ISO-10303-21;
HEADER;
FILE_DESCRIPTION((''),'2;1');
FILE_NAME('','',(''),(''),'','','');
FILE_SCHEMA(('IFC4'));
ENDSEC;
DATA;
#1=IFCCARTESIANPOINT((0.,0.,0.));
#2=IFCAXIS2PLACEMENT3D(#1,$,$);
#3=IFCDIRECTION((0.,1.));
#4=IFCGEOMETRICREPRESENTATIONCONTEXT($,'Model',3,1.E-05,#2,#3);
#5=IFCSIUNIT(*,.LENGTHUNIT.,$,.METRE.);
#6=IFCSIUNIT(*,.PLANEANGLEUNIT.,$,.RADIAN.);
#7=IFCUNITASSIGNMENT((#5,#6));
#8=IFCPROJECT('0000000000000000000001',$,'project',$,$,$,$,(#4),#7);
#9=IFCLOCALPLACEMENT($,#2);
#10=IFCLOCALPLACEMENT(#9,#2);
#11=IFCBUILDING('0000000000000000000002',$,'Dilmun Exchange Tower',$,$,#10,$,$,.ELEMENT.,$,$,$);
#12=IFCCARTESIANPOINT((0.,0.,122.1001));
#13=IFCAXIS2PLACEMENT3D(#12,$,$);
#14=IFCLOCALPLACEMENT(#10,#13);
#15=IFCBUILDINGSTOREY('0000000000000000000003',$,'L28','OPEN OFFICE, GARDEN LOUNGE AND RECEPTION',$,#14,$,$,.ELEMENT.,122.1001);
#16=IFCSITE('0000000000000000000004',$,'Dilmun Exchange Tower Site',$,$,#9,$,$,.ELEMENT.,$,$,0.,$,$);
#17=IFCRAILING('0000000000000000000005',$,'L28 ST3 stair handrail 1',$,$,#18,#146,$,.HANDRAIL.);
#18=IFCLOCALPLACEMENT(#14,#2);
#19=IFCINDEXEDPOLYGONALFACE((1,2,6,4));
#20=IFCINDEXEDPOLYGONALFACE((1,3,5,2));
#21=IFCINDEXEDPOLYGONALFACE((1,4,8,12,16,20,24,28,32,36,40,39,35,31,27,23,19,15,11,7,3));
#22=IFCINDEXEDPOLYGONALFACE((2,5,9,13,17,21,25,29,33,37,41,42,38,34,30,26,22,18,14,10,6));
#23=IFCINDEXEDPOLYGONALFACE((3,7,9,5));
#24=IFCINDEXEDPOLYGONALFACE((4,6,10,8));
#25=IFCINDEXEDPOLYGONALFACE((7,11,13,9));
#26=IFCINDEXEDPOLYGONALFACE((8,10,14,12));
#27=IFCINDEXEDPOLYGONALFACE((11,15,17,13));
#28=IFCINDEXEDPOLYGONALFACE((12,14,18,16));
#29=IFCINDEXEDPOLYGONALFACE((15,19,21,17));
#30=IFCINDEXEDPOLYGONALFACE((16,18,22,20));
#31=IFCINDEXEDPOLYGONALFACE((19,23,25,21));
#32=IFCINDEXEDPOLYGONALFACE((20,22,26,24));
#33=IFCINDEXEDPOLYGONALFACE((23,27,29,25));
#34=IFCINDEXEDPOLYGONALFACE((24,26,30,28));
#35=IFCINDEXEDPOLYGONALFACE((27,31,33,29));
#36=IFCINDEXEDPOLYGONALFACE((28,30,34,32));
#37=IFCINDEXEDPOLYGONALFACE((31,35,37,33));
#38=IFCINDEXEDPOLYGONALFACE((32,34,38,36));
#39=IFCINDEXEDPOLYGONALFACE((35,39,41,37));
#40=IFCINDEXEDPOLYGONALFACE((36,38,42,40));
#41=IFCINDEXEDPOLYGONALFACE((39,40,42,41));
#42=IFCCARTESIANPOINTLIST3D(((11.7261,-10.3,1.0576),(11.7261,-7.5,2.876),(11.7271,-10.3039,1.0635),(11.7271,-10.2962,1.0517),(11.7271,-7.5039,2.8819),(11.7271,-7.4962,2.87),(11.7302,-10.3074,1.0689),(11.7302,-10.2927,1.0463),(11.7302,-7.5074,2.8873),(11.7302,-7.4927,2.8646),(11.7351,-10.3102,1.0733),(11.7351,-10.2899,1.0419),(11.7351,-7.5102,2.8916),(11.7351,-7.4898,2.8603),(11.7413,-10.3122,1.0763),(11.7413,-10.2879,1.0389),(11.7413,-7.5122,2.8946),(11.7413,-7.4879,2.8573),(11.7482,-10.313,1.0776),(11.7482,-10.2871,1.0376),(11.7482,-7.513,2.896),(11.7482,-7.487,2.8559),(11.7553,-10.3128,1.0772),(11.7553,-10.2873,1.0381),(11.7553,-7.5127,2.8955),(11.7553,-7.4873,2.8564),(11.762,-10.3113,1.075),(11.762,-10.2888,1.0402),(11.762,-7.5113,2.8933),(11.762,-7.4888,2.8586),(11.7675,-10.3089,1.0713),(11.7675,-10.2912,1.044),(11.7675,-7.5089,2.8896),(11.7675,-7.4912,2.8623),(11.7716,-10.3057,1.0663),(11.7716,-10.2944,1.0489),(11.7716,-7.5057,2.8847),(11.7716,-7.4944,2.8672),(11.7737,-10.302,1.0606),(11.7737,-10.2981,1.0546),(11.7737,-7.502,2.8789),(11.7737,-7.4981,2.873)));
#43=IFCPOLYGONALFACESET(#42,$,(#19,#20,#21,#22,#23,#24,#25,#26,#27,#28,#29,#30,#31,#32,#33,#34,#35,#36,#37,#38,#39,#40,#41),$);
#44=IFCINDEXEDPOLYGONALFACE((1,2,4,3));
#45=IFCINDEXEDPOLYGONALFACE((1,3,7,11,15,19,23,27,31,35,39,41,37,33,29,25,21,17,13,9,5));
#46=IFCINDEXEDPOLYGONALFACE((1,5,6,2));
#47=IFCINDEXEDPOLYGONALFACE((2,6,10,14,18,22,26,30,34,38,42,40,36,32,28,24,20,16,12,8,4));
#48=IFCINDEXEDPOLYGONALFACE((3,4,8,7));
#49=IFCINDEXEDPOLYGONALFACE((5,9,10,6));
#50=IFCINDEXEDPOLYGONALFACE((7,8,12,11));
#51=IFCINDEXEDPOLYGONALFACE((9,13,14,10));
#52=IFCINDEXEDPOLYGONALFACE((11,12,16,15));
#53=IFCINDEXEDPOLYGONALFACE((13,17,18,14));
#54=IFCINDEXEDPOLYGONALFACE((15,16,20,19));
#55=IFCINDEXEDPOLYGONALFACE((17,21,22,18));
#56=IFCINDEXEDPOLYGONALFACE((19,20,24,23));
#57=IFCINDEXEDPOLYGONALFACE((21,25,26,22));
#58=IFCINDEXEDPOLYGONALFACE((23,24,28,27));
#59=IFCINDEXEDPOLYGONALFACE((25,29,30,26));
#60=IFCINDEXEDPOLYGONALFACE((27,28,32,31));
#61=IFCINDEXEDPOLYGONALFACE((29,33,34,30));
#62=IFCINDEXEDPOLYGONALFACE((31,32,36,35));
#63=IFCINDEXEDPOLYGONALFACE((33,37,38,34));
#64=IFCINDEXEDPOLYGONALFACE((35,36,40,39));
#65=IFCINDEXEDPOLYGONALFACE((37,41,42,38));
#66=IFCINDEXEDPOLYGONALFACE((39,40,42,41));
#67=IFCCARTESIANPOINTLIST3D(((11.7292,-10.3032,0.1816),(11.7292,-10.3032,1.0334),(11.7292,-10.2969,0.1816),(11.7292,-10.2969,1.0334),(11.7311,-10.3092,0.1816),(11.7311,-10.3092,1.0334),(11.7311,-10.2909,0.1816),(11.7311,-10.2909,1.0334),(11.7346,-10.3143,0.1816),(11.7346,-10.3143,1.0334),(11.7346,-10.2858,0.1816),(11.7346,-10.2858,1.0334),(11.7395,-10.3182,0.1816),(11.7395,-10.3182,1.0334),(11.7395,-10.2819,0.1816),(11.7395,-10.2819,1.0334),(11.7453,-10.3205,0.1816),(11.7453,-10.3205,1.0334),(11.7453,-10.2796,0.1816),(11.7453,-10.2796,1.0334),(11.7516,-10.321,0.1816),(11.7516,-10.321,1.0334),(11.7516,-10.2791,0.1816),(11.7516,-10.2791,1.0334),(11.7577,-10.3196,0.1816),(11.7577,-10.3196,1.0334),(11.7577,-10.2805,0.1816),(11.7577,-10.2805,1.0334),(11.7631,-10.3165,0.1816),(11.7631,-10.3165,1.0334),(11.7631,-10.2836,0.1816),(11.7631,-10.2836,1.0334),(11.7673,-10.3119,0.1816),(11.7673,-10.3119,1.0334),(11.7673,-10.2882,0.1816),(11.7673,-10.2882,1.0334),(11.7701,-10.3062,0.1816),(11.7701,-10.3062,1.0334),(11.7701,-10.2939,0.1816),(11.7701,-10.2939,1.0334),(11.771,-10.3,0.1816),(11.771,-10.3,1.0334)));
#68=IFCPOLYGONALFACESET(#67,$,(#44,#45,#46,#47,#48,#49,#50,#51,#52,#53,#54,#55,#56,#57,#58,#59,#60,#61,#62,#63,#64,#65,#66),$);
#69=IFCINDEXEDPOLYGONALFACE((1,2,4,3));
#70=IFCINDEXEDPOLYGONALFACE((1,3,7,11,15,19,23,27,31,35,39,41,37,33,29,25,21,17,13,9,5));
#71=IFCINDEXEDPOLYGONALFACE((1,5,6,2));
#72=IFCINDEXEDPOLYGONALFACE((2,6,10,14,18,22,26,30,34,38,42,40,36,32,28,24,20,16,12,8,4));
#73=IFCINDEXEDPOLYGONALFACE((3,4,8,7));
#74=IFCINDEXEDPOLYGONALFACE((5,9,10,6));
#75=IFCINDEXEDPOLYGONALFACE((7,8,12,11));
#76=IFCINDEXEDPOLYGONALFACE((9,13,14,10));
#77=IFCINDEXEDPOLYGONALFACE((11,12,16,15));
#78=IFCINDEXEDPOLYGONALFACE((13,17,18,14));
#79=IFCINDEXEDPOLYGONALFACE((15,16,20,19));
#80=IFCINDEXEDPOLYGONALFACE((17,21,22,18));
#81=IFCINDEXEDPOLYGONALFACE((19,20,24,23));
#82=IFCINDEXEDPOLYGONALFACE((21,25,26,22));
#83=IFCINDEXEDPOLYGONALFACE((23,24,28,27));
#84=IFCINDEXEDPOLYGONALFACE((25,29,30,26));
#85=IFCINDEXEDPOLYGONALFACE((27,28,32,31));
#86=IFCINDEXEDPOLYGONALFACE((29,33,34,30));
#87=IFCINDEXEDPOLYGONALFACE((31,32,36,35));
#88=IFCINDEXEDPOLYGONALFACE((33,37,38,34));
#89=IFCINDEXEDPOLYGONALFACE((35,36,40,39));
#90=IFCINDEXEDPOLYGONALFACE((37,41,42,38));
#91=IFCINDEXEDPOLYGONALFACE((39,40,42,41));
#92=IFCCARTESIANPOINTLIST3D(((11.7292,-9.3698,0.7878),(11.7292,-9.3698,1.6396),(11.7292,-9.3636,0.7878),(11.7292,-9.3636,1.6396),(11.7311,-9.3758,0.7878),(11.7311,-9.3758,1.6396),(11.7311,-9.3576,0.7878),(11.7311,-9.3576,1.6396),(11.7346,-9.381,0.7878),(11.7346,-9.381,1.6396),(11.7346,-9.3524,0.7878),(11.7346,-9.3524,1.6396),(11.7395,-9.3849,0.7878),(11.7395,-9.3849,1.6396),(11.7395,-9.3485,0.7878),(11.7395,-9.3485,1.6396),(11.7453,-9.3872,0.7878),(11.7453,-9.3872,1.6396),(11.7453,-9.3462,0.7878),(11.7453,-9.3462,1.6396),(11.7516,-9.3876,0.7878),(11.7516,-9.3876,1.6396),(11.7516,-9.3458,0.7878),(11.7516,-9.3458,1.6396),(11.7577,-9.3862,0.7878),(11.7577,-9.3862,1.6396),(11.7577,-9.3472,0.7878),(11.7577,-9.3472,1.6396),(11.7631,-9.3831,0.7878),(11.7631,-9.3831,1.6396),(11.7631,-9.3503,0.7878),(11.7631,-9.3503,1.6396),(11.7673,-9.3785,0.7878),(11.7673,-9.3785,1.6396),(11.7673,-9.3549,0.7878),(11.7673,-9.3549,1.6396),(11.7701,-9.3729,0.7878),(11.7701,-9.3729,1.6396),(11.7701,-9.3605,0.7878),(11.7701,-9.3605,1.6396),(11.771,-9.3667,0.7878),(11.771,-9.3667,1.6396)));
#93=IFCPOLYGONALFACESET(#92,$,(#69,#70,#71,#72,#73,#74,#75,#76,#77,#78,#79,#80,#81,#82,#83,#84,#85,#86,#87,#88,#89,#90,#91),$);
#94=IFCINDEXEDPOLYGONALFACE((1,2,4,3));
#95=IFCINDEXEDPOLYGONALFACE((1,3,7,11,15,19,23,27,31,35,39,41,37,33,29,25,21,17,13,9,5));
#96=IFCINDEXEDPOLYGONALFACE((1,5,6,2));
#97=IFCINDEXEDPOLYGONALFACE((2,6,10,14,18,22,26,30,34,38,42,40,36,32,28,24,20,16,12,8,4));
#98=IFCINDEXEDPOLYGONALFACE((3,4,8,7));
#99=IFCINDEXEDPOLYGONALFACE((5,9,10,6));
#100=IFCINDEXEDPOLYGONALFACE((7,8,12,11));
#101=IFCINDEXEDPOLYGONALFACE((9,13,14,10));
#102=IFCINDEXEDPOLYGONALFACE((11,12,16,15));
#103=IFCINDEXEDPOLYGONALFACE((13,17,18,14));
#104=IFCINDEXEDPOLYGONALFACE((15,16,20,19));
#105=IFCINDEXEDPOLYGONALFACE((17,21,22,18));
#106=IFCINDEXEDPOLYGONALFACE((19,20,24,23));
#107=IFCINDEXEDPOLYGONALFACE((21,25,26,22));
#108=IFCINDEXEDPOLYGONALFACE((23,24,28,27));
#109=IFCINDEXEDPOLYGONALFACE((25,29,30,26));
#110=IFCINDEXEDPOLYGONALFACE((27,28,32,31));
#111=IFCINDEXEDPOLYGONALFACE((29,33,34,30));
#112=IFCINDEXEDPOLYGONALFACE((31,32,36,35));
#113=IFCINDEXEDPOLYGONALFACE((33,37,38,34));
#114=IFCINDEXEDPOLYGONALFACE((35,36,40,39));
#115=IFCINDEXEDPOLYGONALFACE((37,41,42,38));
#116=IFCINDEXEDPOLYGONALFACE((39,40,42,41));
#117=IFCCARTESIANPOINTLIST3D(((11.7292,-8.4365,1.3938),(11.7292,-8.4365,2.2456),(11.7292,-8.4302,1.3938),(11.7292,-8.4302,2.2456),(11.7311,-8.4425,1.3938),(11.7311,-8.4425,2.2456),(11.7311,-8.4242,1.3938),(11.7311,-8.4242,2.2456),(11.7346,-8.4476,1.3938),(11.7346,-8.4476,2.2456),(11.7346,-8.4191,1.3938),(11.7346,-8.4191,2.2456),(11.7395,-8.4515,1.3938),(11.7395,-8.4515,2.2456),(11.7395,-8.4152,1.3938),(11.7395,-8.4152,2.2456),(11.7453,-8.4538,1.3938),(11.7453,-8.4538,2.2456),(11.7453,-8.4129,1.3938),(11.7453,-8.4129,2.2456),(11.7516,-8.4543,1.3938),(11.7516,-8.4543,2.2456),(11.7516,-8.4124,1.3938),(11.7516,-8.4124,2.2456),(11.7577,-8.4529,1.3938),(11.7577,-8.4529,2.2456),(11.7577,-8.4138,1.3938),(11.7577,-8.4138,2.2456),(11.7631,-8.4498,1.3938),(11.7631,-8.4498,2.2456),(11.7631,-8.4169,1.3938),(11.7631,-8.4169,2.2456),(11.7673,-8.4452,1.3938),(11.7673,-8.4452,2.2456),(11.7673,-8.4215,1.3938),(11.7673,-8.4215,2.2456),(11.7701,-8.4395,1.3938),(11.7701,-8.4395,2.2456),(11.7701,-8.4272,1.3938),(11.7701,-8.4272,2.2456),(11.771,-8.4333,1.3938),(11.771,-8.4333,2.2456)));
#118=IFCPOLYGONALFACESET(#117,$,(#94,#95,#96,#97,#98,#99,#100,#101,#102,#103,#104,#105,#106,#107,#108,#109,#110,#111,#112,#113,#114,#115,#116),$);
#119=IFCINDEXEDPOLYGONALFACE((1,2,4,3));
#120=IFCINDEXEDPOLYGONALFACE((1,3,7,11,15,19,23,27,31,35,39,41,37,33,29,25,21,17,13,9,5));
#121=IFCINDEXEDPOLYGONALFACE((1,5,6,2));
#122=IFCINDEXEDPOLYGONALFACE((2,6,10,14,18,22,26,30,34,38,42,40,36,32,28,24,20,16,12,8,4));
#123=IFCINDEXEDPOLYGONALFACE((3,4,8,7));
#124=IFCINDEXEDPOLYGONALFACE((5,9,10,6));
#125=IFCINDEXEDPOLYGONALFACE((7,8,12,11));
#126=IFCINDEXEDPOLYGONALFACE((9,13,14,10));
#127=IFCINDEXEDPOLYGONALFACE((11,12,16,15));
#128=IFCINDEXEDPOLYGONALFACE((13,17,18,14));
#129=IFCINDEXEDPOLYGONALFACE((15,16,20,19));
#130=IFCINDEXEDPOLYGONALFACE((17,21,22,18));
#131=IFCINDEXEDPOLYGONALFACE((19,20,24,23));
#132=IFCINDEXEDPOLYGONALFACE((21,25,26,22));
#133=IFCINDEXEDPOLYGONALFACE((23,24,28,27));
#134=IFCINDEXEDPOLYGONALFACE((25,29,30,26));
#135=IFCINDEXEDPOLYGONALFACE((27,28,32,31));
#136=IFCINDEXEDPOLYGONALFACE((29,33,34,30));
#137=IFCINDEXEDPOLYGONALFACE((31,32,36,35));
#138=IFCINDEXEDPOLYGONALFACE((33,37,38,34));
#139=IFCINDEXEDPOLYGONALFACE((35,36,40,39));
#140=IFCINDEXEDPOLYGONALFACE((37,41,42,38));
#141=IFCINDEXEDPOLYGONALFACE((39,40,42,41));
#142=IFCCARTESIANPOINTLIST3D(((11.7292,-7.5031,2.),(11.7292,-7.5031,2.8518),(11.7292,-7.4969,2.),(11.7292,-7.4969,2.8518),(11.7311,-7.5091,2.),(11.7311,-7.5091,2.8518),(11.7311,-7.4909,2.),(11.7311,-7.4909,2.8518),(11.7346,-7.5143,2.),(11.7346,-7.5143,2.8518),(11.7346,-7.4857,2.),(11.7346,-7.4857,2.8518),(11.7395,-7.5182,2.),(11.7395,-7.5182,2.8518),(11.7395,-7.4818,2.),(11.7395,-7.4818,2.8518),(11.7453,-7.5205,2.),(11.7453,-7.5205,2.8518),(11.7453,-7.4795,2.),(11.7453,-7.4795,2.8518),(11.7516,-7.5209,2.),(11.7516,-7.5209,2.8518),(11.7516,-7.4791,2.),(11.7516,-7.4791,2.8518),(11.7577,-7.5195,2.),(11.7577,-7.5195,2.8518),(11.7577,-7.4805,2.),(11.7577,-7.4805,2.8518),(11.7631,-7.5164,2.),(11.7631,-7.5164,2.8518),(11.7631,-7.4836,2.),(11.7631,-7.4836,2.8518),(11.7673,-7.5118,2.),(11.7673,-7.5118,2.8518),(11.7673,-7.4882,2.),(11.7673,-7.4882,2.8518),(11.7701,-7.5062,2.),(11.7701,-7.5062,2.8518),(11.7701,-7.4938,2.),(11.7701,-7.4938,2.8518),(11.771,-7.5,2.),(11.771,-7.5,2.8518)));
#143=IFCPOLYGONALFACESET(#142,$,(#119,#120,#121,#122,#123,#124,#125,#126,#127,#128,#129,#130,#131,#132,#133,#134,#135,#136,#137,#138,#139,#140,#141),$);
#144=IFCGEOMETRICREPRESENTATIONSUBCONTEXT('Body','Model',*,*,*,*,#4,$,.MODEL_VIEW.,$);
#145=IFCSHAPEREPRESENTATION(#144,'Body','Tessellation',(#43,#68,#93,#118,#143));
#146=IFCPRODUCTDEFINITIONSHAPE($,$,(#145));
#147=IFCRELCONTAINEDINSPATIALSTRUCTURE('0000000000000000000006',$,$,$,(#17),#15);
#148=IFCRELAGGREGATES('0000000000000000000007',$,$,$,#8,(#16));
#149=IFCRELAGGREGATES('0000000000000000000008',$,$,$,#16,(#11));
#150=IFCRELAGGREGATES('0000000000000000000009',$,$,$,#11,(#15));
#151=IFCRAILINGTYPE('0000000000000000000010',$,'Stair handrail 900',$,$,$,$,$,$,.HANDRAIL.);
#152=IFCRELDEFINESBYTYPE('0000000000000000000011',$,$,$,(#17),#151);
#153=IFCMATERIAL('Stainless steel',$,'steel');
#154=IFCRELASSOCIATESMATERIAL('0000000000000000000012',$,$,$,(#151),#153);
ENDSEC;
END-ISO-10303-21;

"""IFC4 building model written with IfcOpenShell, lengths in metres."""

from ifc_helpers import new_model, si_unit, direction, frame, origin, origin_2d, place, context, subcontext, project, spatial, circle, extrude, material, type_object, element, save


model = new_model("IFC4")

# Units and contexts
model_context = context("Model", 3, precision=1e-05, world=origin(), true_north=direction((0.0, 1.0)))
body_context = subcontext(model_context, "Body", "Model", "MODEL_VIEW")
ifc_project = project(units=[si_unit("LENGTHUNIT", "METRE"), si_unit("PLANEANGLEUNIT", "RADIAN")], contexts=[model_context])

# Site, building, storey
site_placement = place(None, origin())
site = spatial("IfcSite", under=ifc_project, at=site_placement, Name="Dilmun Exchange Tower Site", CompositionType="ELEMENT", RefElevation=0.0)
building_placement = place(site_placement, origin())
building = spatial("IfcBuilding", under=site, at=building_placement, Name="Dilmun Exchange Tower", CompositionType="ELEMENT")
storey_placement = place(building_placement, frame((0.0, 0.0, 122.1001)))
storey = spatial("IfcBuildingStorey", under=building, at=storey_placement, Name="L28", Description="OPEN OFFICE, GARDEN LOUNGE AND RECEPTION", CompositionType="ELEMENT", Elevation=122.1001)

# Railing
ifc_material_1 = material(Name="Stainless steel", Category="steel")
railing_type = type_object("IfcRailingType", Name="Stair handrail 900", PredefinedType="HANDRAIL", material=ifc_material_1)
railing_placement = place(storey_placement, frame((11.75, -10.3, 0.1816)))
element("IfcRailing", 1, at=railing_placement, inside=storey, type_object=railing_type, Name="L28 ST3 stair handrail 1", PredefinedType="HANDRAIL", context=body_context, shape_type="SweptSolid", body=[
    extrude(circle(Radius=0.0239, at=origin_2d()), frame((0.0, 0.0, 0.876), z_axis=(0.0, 0.838672, 0.544636), x_axis=(-1.0, 0.0, 0.0)), (0.0, 0.0, 1.0), 3.3386),
    extrude(circle(Radius=0.021, at=origin_2d()), origin(), (0.0, 0.0, 1.0), 0.8518),
    extrude(circle(Radius=0.021, at=origin_2d()), frame((0.0, 0.9333, 0.6062)), (0.0, 0.0, 1.0), 0.8518),
    extrude(circle(Radius=0.021, at=origin_2d()), frame((0.0, 1.8667, 1.2122)), (0.0, 0.0, 1.0), 0.8518),
    extrude(circle(Radius=0.021, at=origin_2d()), frame((0.0, 2.8, 1.8184)), (0.0, 0.0, 1.0), 0.8518),
])

save(model, "model.ifc")
